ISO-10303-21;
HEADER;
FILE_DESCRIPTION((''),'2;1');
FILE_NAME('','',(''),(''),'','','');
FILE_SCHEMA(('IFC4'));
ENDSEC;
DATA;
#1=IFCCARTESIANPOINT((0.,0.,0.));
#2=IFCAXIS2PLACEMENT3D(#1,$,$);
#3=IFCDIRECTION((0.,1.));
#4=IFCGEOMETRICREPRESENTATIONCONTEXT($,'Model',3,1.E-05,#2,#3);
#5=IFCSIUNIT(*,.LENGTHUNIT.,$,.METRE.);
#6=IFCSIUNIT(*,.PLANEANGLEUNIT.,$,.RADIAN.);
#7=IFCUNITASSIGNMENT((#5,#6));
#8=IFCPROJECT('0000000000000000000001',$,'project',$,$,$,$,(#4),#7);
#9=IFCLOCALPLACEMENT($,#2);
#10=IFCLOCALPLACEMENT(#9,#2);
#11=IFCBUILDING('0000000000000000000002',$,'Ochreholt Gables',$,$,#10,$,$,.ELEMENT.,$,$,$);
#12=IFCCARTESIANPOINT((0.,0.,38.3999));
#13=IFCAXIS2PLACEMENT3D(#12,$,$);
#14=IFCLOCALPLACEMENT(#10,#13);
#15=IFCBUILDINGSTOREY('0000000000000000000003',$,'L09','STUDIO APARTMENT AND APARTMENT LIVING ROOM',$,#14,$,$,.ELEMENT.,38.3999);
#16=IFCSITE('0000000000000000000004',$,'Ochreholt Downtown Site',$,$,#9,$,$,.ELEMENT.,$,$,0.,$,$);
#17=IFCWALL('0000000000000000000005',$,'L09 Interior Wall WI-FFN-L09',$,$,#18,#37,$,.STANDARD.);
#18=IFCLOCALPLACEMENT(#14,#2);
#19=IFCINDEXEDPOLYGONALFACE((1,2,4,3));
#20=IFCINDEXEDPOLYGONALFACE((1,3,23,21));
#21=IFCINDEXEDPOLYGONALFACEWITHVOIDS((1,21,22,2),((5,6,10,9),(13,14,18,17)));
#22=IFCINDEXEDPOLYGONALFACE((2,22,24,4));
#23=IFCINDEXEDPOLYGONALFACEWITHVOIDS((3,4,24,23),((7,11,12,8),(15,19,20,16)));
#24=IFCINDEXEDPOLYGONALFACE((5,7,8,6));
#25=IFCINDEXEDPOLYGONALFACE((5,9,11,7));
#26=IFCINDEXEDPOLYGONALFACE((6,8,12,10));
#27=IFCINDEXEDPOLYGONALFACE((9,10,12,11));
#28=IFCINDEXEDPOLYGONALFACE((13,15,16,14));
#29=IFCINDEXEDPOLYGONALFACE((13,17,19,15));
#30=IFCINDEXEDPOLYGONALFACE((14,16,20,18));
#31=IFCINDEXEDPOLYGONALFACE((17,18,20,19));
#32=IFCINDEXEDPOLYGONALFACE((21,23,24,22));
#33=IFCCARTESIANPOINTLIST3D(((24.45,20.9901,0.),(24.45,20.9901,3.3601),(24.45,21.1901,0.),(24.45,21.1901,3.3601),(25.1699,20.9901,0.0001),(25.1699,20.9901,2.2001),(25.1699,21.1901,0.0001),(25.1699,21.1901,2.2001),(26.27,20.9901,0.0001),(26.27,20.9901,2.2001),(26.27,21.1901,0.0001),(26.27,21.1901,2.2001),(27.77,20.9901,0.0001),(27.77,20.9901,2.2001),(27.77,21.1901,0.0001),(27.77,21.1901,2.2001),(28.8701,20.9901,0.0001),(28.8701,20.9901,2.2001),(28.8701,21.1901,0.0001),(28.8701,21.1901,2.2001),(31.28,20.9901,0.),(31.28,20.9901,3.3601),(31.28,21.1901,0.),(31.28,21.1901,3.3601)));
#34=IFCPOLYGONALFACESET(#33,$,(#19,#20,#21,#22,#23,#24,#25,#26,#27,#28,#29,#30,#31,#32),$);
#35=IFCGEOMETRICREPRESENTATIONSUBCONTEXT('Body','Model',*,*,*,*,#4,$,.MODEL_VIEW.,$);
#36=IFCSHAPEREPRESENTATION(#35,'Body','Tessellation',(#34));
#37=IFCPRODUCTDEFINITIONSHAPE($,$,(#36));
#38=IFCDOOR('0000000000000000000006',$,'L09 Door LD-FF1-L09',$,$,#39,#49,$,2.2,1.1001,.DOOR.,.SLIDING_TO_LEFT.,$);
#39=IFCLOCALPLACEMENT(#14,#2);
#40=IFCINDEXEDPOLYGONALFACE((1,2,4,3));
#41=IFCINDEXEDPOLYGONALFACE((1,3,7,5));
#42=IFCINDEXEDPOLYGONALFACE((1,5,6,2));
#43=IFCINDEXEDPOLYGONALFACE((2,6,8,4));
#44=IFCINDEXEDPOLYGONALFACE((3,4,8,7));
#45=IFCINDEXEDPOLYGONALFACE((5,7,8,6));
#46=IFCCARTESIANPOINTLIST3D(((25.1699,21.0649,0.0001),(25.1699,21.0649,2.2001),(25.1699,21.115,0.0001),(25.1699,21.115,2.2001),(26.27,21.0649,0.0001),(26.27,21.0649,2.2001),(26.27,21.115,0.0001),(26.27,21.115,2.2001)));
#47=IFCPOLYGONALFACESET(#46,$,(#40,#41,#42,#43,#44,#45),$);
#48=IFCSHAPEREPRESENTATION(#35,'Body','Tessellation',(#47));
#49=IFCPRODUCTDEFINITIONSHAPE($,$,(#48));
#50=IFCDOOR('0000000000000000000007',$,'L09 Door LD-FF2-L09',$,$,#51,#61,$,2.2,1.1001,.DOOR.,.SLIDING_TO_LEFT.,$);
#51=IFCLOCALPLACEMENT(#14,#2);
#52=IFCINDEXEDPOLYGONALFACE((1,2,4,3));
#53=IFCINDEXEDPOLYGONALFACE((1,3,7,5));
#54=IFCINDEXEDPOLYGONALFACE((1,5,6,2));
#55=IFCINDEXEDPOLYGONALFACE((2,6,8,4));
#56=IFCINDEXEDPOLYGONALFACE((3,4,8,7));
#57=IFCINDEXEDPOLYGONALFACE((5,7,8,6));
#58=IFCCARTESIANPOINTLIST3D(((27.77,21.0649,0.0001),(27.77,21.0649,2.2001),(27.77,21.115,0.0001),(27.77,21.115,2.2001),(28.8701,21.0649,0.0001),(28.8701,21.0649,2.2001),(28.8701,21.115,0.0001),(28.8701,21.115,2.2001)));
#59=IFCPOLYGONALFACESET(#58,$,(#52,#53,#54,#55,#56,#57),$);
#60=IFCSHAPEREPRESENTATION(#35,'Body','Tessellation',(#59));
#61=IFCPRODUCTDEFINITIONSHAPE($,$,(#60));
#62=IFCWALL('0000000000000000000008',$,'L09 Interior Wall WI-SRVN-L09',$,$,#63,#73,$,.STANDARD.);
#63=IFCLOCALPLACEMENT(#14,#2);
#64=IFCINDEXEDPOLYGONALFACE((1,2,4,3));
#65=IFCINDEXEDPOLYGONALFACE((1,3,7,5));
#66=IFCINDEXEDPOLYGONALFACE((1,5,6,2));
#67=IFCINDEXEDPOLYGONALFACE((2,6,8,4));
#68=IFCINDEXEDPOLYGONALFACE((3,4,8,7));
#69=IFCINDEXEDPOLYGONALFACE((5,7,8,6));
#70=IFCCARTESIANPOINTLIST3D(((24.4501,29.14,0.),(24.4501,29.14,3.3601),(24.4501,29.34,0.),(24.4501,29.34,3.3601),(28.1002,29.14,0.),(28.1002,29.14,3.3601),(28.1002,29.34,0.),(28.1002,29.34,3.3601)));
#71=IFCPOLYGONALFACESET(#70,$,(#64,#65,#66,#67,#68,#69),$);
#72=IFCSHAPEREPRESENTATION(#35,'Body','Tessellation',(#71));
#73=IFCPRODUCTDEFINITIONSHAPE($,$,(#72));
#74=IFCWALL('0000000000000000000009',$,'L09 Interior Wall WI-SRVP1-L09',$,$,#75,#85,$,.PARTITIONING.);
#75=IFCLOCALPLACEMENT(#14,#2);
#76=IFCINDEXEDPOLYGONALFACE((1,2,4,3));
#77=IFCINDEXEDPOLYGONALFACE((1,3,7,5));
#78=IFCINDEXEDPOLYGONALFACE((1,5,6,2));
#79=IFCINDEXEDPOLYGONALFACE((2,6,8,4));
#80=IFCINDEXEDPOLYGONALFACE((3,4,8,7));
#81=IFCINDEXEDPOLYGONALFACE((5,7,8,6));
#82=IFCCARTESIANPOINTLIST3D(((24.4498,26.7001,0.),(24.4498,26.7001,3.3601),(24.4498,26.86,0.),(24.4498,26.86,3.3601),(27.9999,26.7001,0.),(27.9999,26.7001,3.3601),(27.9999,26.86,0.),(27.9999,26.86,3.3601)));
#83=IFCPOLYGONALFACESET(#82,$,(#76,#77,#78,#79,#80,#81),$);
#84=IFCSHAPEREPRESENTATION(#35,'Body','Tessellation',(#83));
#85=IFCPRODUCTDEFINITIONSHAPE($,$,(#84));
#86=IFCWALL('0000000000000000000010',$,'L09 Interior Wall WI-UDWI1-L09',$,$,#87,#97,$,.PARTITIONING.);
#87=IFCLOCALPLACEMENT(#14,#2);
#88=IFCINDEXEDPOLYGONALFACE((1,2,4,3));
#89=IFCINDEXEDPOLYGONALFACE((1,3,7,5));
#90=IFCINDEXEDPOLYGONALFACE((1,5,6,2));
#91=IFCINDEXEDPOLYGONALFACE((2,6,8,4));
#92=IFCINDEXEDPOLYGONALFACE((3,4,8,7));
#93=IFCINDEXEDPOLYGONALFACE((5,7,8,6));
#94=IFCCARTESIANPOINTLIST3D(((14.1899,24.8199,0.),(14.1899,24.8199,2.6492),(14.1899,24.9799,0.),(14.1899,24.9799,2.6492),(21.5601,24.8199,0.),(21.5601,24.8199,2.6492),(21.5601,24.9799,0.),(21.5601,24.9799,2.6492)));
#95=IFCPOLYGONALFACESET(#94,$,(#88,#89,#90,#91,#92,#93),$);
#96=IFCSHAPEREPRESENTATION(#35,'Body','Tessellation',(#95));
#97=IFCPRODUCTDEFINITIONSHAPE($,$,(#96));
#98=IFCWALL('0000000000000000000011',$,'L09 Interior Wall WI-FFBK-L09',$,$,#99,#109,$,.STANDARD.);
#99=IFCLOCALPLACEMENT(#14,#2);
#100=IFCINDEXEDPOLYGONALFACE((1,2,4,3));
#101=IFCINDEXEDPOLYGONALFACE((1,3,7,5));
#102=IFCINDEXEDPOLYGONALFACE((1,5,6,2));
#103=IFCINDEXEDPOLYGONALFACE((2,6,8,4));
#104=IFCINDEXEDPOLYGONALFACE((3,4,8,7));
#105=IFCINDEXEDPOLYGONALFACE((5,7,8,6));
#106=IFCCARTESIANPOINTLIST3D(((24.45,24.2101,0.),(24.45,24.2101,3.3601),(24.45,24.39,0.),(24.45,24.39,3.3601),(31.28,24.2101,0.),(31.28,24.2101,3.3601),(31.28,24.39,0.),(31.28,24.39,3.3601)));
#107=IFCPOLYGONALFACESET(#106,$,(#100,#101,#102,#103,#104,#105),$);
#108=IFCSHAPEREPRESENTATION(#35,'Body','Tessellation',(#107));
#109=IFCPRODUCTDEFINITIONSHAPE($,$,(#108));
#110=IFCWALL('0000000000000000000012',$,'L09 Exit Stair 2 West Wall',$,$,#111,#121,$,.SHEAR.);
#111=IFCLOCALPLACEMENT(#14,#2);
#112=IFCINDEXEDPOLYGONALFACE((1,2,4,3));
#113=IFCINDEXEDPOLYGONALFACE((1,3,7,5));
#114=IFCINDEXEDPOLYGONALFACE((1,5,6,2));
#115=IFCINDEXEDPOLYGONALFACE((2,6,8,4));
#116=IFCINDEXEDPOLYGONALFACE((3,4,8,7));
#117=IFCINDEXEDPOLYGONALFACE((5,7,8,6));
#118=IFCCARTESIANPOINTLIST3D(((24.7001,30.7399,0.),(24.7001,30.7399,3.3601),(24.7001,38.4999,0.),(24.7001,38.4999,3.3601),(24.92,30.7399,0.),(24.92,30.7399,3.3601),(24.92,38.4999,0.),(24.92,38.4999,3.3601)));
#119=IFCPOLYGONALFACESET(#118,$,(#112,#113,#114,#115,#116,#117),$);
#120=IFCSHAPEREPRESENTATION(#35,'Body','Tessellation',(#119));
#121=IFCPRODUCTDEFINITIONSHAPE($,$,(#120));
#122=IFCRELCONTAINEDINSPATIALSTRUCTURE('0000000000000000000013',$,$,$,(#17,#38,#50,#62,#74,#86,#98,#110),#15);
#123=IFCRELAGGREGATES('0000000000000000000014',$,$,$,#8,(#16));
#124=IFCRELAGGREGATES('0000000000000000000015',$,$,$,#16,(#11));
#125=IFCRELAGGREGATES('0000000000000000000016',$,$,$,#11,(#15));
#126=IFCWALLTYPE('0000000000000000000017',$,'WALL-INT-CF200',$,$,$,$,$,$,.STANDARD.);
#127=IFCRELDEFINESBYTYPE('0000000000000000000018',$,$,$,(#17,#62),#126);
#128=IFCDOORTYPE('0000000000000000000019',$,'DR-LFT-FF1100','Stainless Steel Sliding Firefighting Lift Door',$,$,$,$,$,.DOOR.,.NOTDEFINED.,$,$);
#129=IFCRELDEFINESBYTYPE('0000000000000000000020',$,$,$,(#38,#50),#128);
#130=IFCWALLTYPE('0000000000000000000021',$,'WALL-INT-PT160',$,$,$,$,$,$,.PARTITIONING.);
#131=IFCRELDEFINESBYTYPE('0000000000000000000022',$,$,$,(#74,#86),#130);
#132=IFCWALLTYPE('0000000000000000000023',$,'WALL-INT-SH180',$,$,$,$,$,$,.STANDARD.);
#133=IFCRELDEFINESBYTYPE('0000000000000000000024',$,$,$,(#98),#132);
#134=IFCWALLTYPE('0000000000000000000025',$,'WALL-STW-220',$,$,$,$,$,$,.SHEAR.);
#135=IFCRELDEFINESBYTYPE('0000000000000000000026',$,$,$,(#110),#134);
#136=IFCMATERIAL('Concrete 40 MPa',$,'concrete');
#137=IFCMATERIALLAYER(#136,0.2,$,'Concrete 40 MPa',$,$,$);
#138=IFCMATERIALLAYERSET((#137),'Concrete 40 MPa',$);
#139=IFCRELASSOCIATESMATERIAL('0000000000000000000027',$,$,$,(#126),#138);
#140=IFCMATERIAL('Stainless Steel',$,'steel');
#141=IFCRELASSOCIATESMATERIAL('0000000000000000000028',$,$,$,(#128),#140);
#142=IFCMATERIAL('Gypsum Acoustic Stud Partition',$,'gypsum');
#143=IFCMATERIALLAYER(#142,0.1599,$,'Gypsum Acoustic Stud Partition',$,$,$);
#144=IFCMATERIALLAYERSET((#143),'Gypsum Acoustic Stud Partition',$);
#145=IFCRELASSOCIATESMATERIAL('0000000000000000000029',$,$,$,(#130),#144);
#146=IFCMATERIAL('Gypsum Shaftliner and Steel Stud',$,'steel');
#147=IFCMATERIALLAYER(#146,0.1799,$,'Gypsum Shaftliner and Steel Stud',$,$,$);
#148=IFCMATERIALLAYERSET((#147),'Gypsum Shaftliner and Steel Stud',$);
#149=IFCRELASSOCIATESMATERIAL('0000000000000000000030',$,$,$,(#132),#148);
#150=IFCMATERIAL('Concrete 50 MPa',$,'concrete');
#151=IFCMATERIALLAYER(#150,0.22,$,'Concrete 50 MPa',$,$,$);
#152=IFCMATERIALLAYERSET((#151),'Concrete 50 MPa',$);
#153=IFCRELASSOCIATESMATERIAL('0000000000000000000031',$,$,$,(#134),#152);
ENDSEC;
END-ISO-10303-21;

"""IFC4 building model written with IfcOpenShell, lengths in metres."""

from ifc_helpers import new_model, si_unit, direction, frame, frame_2d, origin, place, context, subcontext, project, spatial, rectangle, extrude, material, layer, layer_set, type_object, element, fill, save


model = new_model("IFC4")

# Units and contexts
model_context = context("Model", 3, precision=1e-05, world=origin(), true_north=direction((0.0, 1.0)))
body_context = subcontext(model_context, "Body", "Model", "MODEL_VIEW")
ifc_project = project(units=[si_unit("LENGTHUNIT", "METRE"), si_unit("PLANEANGLEUNIT", "RADIAN")], contexts=[model_context])

# Site, building, storey
site_placement = place(None, origin())
site = spatial("IfcSite", under=ifc_project, at=site_placement, Name="Ochreholt Downtown Site", CompositionType="ELEMENT", RefElevation=0.0)
building_placement = place(site_placement, origin())
building = spatial("IfcBuilding", under=site, at=building_placement, Name="Ochreholt Gables", CompositionType="ELEMENT")
storey_placement = place(building_placement, frame((0.0, 0.0, 38.3999)))
storey = spatial("IfcBuildingStorey", under=building, at=storey_placement, Name="L09", Description="STUDIO APARTMENT AND APARTMENT LIVING ROOM", CompositionType="ELEMENT", Elevation=38.3999)

# Wall, openings, doors
ifc_material_1 = material(Name="Concrete 40 MPa", Category="concrete")
ifc_layer_1 = layer(ifc_material_1, 0.2, Name="Concrete 40 MPa")
ifc_layer_set_1 = layer_set([ifc_layer_1], Name="Concrete 40 MPa")
wall_type_1 = type_object("IfcWallType", Name="WALL-INT-CF200", PredefinedType="STANDARD", material=ifc_layer_set_1)
wall_1_placement = place(storey_placement, frame((24.45, 21.0901, 0.0), z_axis=(0.0, 0.0, 1.0), x_axis=(1.0, 0.0, 0.0)))
wall_1 = element("IfcWall", 1, at=wall_1_placement, inside=storey, type_object=wall_type_1, Name="L09 Interior Wall WI-FFN-L09", PredefinedType="STANDARD", context=body_context, shape_type="SweptSolid", body=[
    extrude(rectangle(XDim=6.8301, YDim=0.2, at=frame_2d((3.415, 0.0))), origin(), (0.0, 0.0, 1.0), 3.3601),
])
opening_1_placement = place(wall_1_placement, frame((0.72, 0.0, 0.0)))
opening_1 = element("IfcOpeningElement", 2, at=opening_1_placement, cuts=wall_1, PredefinedType="OPENING", context=body_context, shape_type="SweptSolid", body=[
    extrude(rectangle(XDim=1.1001, YDim=2.2, at=frame_2d((0.55, 1.1001))), frame((0.0, 0.1099, 0.0), z_axis=(0.0, -1.0, 0.0), x_axis=(1.0, 0.0, 0.0)), (0.0, 0.0, 1.0), 0.22),
])
opening_2_placement = place(wall_1_placement, frame((3.3201, 0.0, 0.0)))
opening_2 = element("IfcOpeningElement", 3, at=opening_2_placement, cuts=wall_1, PredefinedType="OPENING", context=body_context, shape_type="SweptSolid", body=[
    extrude(rectangle(XDim=1.1001, YDim=2.2, at=frame_2d((0.55, 1.1001))), frame((0.0, 0.1099, 0.0), z_axis=(0.0, -1.0, 0.0), x_axis=(1.0, 0.0, 0.0)), (0.0, 0.0, 1.0), 0.22),
])
ifc_material_2 = material(Name="Stainless Steel", Category="steel")
door_type_1 = type_object("IfcDoorType", Name="DR-LFT-FF1100", Description="Stainless Steel Sliding Firefighting Lift Door", OperationType="NOTDEFINED", PredefinedType="DOOR", material=ifc_material_2)
door_1_placement = place(opening_1_placement, origin())
door_1 = element("IfcDoor", 4, at=door_1_placement, inside=storey, type_object=door_type_1, Name="L09 Door LD-FF1-L09", OperationType="SLIDING_TO_LEFT", OverallHeight=2.2, OverallWidth=1.1001, PredefinedType="DOOR", context=body_context, shape_type="SweptSolid", body=[
    extrude(rectangle(XDim=1.1001, YDim=2.2, at=frame_2d((0.55, 1.1001))), frame((0.0, 0.0249, 0.0), z_axis=(0.0, -1.0, 0.0), x_axis=(1.0, 0.0, 0.0)), (0.0, 0.0, 1.0), 0.05),
])
fill(opening_1, door_1)
door_2_placement = place(opening_2_placement, origin())
door_2 = element("IfcDoor", 5, at=door_2_placement, inside=storey, type_object=door_type_1, Name="L09 Door LD-FF2-L09", OperationType="SLIDING_TO_LEFT", OverallHeight=2.2, OverallWidth=1.1001, PredefinedType="DOOR", context=body_context, shape_type="SweptSolid", body=[
    extrude(rectangle(XDim=1.1001, YDim=2.2, at=frame_2d((0.55, 1.1001))), frame((0.0, 0.0249, 0.0), z_axis=(0.0, -1.0, 0.0), x_axis=(1.0, 0.0, 0.0)), (0.0, 0.0, 1.0), 0.05),
])
fill(opening_2, door_2)

# Walls
wall_2_placement = place(storey_placement, frame((24.45, 29.24, 0.0), z_axis=(0.0, 0.0, 1.0), x_axis=(1.0, 0.0, 0.0)))
element("IfcWall", 6, at=wall_2_placement, inside=storey, type_object=wall_type_1, Name="L09 Interior Wall WI-SRVN-L09", PredefinedType="STANDARD", context=body_context, shape_type="SweptSolid", body=[
    extrude(rectangle(XDim=3.6501, YDim=0.2, at=frame_2d((1.8252, 0.0))), origin(), (0.0, 0.0, 1.0), 3.3601),
])
ifc_material_3 = material(Name="Gypsum Acoustic Stud Partition", Category="gypsum")
ifc_layer_2 = layer(ifc_material_3, 0.1599, Name="Gypsum Acoustic Stud Partition")
ifc_layer_set_2 = layer_set([ifc_layer_2], Name="Gypsum Acoustic Stud Partition")
wall_type_2 = type_object("IfcWallType", Name="WALL-INT-PT160", PredefinedType="PARTITIONING", material=ifc_layer_set_2)
wall_3_placement = place(storey_placement, frame((24.45, 26.78, 0.0), z_axis=(0.0, 0.0, 1.0), x_axis=(1.0, 0.0, 0.0)))
element("IfcWall", 7, at=wall_3_placement, inside=storey, type_object=wall_type_2, Name="L09 Interior Wall WI-SRVP1-L09", PredefinedType="PARTITIONING", context=body_context, shape_type="SweptSolid", body=[
    extrude(rectangle(XDim=3.55, YDim=0.1599, at=frame_2d((1.7749, 0.0))), origin(), (0.0, 0.0, 1.0), 3.3601),
])
wall_4_placement = place(storey_placement, frame((14.1899, 24.8999, 0.0), z_axis=(0.0, 0.0, 1.0), x_axis=(1.0, 0.0, 0.0)))
element("IfcWall", 8, at=wall_4_placement, inside=storey, type_object=wall_type_2, Name="L09 Interior Wall WI-UDWI1-L09", PredefinedType="PARTITIONING", context=body_context, shape_type="SweptSolid", body=[
    extrude(rectangle(XDim=7.3701, YDim=0.1599, at=frame_2d((3.6851, 0.0))), origin(), (0.0, 0.0, 1.0), 2.6492),
])
ifc_material_4 = material(Name="Gypsum Shaftliner and Steel Stud", Category="steel")
ifc_layer_3 = layer(ifc_material_4, 0.1799, Name="Gypsum Shaftliner and Steel Stud")
ifc_layer_set_3 = layer_set([ifc_layer_3], Name="Gypsum Shaftliner and Steel Stud")
wall_type_3 = type_object("IfcWallType", Name="WALL-INT-SH180", PredefinedType="STANDARD", material=ifc_layer_set_3)
wall_5_placement = place(storey_placement, frame((24.45, 24.3, 0.0), z_axis=(0.0, 0.0, 1.0), x_axis=(1.0, 0.0, 0.0)))
element("IfcWall", 9, at=wall_5_placement, inside=storey, type_object=wall_type_3, Name="L09 Interior Wall WI-FFBK-L09", PredefinedType="STANDARD", context=body_context, shape_type="SweptSolid", body=[
    extrude(rectangle(XDim=6.8301, YDim=0.1799, at=frame_2d((3.415, 0.0))), origin(), (0.0, 0.0, 1.0), 3.3601),
])
ifc_material_5 = material(Name="Concrete 50 MPa", Category="concrete")
ifc_layer_4 = layer(ifc_material_5, 0.22, Name="Concrete 50 MPa")
ifc_layer_set_4 = layer_set([ifc_layer_4], Name="Concrete 50 MPa")
wall_type_4 = type_object("IfcWallType", Name="WALL-STW-220", PredefinedType="SHEAR", material=ifc_layer_set_4)
wall_6_placement = place(storey_placement, frame((24.8101, 30.74, 0.0), z_axis=(0.0, 0.0, 1.0), x_axis=(0.0, 1.0, 0.0)))
element("IfcWall", 10, at=wall_6_placement, inside=storey, type_object=wall_type_4, Name="L09 Exit Stair 2 West Wall", PredefinedType="SHEAR", context=body_context, shape_type="SweptSolid", body=[
    extrude(rectangle(XDim=7.76, YDim=0.22, at=frame_2d((3.8799, 0.0))), origin(), (0.0, 0.0, 1.0), 3.3601),
])

save(model, "model.ifc")
